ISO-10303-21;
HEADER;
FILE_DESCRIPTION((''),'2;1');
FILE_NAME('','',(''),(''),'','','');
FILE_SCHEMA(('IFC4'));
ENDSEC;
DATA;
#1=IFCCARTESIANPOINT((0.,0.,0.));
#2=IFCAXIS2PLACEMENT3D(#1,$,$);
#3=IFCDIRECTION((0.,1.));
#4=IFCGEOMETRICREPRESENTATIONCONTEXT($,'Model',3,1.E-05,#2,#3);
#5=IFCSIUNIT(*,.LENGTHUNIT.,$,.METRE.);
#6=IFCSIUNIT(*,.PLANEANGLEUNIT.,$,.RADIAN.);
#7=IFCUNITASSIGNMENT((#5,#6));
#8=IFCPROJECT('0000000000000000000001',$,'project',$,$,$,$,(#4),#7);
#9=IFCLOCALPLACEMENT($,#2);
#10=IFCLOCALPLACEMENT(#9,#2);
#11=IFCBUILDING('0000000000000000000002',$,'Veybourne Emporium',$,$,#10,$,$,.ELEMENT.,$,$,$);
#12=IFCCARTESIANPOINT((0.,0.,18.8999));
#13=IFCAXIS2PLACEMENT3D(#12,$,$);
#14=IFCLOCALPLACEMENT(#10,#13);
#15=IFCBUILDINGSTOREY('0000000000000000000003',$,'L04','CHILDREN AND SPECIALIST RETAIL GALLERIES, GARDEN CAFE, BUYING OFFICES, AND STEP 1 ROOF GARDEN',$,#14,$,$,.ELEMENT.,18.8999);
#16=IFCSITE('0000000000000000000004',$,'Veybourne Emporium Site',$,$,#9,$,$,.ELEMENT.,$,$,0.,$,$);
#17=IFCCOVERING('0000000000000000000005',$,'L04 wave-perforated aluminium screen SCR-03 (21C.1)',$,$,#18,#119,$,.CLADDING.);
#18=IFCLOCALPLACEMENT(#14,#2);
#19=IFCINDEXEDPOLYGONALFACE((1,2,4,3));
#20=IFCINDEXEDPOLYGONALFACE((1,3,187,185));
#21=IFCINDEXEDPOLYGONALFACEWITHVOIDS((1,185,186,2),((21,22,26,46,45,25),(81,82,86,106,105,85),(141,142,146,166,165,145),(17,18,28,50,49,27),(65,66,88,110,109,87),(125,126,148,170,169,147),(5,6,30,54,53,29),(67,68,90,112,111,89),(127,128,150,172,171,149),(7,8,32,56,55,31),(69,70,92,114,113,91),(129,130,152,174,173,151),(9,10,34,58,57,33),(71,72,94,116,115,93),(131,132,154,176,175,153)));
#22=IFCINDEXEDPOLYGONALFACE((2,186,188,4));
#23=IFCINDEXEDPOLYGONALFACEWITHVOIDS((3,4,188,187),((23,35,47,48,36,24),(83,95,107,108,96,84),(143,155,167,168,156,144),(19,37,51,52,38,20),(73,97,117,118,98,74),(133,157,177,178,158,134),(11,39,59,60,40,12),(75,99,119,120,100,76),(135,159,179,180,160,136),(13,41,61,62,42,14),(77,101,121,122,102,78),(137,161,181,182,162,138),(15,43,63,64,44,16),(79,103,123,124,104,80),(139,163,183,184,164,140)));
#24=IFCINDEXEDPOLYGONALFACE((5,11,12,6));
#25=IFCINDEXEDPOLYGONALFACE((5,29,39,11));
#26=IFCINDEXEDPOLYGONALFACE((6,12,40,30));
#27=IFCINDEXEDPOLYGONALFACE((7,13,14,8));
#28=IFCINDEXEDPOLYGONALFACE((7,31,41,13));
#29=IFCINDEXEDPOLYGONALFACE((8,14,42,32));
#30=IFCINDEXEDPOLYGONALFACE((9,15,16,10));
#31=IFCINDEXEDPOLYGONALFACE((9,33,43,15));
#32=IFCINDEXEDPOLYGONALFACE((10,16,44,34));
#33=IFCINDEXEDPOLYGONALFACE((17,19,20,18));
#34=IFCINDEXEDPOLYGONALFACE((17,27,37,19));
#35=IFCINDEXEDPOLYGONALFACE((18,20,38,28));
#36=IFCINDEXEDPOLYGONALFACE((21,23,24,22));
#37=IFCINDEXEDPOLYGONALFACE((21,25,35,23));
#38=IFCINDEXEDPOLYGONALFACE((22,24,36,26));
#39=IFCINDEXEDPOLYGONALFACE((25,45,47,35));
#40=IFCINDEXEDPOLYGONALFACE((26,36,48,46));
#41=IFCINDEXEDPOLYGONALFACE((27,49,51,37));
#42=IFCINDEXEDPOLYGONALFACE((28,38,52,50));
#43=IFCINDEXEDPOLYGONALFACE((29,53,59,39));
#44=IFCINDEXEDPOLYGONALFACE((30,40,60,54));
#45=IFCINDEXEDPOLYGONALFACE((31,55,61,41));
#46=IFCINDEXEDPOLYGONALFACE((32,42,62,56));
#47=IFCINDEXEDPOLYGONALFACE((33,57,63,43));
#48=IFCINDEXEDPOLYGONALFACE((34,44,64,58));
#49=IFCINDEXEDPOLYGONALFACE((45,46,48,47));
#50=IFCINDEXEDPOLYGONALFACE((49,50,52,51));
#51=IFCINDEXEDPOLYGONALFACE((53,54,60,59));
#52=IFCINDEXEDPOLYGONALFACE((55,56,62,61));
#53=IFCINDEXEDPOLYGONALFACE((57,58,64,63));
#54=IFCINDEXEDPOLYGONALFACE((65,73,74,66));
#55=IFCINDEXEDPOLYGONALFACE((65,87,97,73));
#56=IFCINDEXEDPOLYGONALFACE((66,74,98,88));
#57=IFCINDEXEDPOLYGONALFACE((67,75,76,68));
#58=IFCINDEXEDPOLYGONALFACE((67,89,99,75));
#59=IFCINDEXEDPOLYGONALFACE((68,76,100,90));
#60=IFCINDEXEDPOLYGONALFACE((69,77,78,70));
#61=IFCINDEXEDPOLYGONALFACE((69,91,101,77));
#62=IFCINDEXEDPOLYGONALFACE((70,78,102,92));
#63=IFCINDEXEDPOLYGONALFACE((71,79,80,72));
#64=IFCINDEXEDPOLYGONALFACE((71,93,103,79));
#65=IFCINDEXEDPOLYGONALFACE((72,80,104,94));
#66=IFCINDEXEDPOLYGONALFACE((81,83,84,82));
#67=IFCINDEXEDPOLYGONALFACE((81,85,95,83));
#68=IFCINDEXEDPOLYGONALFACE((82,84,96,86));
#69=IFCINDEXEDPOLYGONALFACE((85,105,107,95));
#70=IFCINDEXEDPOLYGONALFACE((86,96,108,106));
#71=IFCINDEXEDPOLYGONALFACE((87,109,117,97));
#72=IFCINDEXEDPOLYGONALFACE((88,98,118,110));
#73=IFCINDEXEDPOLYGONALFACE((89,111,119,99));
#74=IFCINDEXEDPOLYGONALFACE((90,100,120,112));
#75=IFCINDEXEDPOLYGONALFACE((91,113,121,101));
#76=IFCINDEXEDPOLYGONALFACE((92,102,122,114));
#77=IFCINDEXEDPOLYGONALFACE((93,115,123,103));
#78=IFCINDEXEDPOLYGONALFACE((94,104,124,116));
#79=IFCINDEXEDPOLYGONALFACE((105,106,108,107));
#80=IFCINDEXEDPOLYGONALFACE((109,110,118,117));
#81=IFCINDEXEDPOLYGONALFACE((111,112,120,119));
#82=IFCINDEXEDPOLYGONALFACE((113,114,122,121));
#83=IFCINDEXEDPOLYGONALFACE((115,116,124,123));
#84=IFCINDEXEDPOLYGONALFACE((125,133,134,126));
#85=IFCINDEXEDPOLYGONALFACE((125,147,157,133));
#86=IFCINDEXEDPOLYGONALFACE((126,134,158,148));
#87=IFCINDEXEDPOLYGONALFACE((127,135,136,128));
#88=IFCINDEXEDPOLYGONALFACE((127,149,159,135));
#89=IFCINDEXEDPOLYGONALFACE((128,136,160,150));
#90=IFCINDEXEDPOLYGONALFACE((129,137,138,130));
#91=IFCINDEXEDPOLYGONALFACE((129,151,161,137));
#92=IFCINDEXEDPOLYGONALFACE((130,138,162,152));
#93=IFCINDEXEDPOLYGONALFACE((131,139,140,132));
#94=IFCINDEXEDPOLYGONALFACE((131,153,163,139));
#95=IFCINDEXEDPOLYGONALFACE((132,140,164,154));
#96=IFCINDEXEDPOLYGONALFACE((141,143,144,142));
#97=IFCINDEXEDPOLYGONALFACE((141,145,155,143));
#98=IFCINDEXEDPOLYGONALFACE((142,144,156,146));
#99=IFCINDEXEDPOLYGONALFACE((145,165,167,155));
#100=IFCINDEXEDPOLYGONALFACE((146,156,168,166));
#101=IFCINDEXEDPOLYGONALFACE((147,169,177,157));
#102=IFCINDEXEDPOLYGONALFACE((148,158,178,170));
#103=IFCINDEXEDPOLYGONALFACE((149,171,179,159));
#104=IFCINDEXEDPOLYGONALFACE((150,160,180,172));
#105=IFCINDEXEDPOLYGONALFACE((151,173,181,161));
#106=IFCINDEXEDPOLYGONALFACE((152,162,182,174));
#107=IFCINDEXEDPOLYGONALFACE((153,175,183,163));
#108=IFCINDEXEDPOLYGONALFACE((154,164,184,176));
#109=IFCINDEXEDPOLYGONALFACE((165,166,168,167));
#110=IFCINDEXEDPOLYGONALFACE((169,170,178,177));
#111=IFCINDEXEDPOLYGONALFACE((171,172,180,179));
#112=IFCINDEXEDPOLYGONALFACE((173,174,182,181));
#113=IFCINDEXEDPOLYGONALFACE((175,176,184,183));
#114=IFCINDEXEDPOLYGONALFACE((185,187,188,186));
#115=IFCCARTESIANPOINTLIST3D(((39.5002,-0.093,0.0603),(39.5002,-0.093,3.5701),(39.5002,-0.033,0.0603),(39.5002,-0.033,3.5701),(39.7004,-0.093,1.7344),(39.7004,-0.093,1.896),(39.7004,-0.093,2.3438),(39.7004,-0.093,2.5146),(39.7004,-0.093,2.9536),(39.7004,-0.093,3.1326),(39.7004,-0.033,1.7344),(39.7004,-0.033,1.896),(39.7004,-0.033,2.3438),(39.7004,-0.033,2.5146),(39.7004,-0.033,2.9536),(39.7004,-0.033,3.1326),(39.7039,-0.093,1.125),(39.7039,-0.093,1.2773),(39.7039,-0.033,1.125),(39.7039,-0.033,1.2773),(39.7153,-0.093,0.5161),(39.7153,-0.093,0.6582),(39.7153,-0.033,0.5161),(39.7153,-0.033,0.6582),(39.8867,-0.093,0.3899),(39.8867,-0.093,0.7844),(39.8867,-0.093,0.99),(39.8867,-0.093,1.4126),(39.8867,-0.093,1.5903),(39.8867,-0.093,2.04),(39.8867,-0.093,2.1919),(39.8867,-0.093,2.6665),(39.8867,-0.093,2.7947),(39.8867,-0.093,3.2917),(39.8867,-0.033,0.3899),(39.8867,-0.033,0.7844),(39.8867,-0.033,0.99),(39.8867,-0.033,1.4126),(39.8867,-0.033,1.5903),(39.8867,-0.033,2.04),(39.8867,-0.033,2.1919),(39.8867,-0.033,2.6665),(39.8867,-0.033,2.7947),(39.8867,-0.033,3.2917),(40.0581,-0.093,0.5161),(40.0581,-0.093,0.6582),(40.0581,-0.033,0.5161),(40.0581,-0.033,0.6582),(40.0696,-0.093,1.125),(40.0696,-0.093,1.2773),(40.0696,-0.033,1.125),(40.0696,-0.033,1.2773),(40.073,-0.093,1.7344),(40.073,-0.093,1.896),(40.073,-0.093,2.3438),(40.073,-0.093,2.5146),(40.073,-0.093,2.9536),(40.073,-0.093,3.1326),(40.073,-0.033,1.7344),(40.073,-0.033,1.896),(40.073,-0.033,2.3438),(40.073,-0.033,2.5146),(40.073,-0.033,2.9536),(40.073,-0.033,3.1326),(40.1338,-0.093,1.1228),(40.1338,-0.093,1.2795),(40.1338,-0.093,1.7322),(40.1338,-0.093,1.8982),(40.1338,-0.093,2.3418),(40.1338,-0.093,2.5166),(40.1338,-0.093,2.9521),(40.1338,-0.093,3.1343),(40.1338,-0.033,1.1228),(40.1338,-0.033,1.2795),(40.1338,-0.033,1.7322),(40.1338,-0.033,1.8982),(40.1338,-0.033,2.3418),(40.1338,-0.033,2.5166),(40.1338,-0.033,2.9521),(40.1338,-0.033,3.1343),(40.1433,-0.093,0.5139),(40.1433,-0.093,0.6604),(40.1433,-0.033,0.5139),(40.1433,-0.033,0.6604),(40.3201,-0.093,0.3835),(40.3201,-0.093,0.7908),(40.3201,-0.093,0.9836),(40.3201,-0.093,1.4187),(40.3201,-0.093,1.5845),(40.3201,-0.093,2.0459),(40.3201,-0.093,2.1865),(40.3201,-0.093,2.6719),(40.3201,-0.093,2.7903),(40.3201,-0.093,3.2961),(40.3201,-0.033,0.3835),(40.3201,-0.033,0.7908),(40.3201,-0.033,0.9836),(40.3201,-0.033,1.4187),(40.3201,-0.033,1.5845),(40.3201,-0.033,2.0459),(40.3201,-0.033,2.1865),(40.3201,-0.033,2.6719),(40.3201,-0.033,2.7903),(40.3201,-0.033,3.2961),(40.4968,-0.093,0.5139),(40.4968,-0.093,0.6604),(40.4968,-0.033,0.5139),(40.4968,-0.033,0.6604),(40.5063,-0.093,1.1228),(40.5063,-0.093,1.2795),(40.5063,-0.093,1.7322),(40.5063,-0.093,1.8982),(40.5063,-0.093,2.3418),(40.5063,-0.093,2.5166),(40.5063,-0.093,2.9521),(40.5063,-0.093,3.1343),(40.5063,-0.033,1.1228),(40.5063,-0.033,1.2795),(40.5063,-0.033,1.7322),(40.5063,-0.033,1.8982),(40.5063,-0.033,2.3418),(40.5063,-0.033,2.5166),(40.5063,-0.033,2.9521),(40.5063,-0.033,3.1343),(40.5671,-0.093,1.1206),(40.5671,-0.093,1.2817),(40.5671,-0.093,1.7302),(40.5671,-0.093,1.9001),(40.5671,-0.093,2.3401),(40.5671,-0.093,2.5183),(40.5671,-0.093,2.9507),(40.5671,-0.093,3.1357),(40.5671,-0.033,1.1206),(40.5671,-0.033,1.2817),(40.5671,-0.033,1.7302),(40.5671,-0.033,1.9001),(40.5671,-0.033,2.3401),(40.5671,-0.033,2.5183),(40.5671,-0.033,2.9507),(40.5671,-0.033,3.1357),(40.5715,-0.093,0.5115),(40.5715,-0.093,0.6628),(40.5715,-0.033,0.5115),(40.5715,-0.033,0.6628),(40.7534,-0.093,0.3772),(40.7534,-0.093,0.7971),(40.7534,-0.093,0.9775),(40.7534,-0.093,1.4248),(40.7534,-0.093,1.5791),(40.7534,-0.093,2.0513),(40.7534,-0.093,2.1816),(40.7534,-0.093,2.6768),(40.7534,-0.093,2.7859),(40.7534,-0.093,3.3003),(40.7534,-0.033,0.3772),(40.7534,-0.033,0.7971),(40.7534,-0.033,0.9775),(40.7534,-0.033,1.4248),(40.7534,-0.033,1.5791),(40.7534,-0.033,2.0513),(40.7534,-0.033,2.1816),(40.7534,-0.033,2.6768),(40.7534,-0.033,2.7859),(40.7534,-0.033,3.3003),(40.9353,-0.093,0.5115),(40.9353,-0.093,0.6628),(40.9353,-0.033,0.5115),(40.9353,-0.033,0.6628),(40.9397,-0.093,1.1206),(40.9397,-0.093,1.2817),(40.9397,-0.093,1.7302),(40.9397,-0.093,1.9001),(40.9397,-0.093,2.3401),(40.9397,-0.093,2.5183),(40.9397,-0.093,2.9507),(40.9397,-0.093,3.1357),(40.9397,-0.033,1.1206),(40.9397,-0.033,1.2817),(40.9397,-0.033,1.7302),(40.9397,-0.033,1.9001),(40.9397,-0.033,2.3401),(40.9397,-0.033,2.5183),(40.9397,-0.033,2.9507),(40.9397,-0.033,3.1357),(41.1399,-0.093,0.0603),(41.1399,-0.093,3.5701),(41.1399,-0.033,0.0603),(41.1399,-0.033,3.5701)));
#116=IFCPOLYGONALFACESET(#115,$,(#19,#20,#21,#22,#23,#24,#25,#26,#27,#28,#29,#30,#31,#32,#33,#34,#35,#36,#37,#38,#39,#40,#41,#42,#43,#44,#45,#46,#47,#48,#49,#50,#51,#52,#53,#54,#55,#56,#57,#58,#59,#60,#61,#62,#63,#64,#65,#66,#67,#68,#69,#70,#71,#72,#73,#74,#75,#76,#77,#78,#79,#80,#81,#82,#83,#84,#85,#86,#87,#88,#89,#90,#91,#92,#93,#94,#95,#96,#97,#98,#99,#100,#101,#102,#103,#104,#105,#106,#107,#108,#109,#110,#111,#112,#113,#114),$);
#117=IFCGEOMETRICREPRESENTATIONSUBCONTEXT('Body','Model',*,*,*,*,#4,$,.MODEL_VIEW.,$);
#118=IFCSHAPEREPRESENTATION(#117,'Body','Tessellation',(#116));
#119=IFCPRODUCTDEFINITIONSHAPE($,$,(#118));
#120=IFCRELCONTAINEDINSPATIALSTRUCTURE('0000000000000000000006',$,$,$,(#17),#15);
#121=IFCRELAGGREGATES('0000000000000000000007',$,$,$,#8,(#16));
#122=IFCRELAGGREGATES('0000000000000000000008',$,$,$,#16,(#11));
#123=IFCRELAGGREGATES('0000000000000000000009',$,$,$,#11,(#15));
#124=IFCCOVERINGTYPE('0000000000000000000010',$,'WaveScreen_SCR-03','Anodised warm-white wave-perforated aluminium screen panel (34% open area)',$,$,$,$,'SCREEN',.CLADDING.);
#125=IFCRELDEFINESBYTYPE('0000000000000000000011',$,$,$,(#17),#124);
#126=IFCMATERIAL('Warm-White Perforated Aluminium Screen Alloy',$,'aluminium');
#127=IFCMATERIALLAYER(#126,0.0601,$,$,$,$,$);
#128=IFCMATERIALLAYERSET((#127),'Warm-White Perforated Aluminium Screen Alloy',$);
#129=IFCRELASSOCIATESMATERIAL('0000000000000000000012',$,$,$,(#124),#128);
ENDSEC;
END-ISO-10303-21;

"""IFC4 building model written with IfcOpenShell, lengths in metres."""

from ifc_helpers import new_model, si_unit, direction, frame, origin, place, context, subcontext, project, spatial, polyline, outline, extrude, material, layer, layer_set, type_object, element, save


model = new_model("IFC4")

# Units and contexts
model_context = context("Model", 3, precision=1e-05, world=origin(), true_north=direction((0.0, 1.0)))
body_context = subcontext(model_context, "Body", "Model", "MODEL_VIEW")
ifc_project = project(units=[si_unit("LENGTHUNIT", "METRE"), si_unit("PLANEANGLEUNIT", "RADIAN")], contexts=[model_context])

# Site, building, storey
site_placement = place(None, origin())
site = spatial("IfcSite", under=ifc_project, at=site_placement, Name="Veybourne Emporium Site", CompositionType="ELEMENT", RefElevation=0.0)
building_placement = place(site_placement, origin())
building = spatial("IfcBuilding", under=site, at=building_placement, Name="Veybourne Emporium", CompositionType="ELEMENT")
storey_placement = place(building_placement, frame((0.0, 0.0, 18.8999)))
storey = spatial("IfcBuildingStorey", under=building, at=storey_placement, Name="L04", Description="CHILDREN AND SPECIALIST RETAIL GALLERIES, GARDEN CAFE, BUYING OFFICES, AND STEP 1 ROOF GARDEN", CompositionType="ELEMENT", Elevation=18.8999)

# Covering
ifc_material_1 = material(Name="Warm-White Perforated Aluminium Screen Alloy", Category="aluminium")
ifc_layer_1 = layer(ifc_material_1, 0.0601)
ifc_layer_set_1 = layer_set([ifc_layer_1], Name="Warm-White Perforated Aluminium Screen Alloy")
covering_type_1 = type_object("IfcCoveringType", Name="WaveScreen_SCR-03", Description="Anodised warm-white wave-perforated aluminium screen panel (34% open area)", ElementType="SCREEN", PredefinedType="CLADDING", material=ifc_layer_set_1)
covering_1_placement = place(storey_placement, frame((40.3201, -0.093, 1.8152), z_axis=(0.0, 1.0, 0.0), x_axis=(-1.0, 0.0, 0.0)))
element("IfcCovering", 1, at=covering_1_placement, inside=storey, type_object=covering_type_1, Name="L04 wave-perforated aluminium screen SCR-03 (21C.1)", PredefinedType="CLADDING", context=body_context, shape_type="SweptSolid", body=[
    extrude(outline(polyline([(-0.8198, -1.7549), (0.8198, -1.7549), (0.8198, 1.7549), (-0.8198, 1.7549), (-0.8198, -1.7549)]), holes=[polyline([(-0.4333, -1.0181), (-0.2515, -1.1523), (-0.2515, -1.3037), (-0.4333, -1.438), (-0.6152, -1.3037), (-0.6152, -1.1523), (-0.4333, -1.0181)]), polyline([(-0.4333, -0.3904), (-0.2471, -0.5334), (-0.2471, -0.6946), (-0.4333, -0.8376), (-0.6196, -0.6946), (-0.6196, -0.5334), (-0.4333, -0.3904)]), polyline([(-0.4333, 0.2361), (-0.2471, 0.085), (-0.2471, -0.085), (-0.4333, -0.2361), (-0.6196, -0.085), (-0.6196, 0.085), (-0.4333, 0.2361)]), polyline([(-0.4333, 0.8616), (-0.2471, 0.7031), (-0.2471, 0.5249), (-0.4333, 0.3665), (-0.6196, 0.5249), (-0.6196, 0.7031), (-0.4333, 0.8616)]), polyline([(-0.4333, 1.4851), (-0.2471, 1.3206), (-0.2471, 1.1355), (-0.4333, 0.9707), (-0.6196, 1.1355), (-0.6196, 1.3206), (-0.4333, 1.4851)]), polyline([(0.0, -1.0244), (0.1768, -1.1548), (0.1768, -1.3013), (0.0, -1.4316), (-0.1768, -1.3013), (-0.1768, -1.1548), (0.0, -1.0244)]), polyline([(0.0, -0.3965), (0.1863, -0.5356), (0.1863, -0.6924), (0.0, -0.8315), (-0.1863, -0.6924), (-0.1863, -0.5356), (0.0, -0.3965)]), polyline([(0.0, 0.2307), (0.1863, 0.083), (0.1863, -0.083), (0.0, -0.2307), (-0.1863, -0.083), (-0.1863, 0.083), (0.0, 0.2307)]), polyline([(0.0, 0.8567), (0.1863, 0.7014), (0.1863, 0.5266), (0.0, 0.3713), (-0.1863, 0.5266), (-0.1863, 0.7014), (0.0, 0.8567)]), polyline([(0.0, 1.481), (0.1863, 1.3191), (0.1863, 1.137), (0.0, 0.9751), (-0.1863, 1.137), (-0.1863, 1.3191), (0.0, 1.481)]), polyline([(0.4333, -1.0308), (0.6047, -1.157), (0.6047, -1.2991), (0.4333, -1.4253), (0.262, -1.2991), (0.262, -1.157), (0.4333, -1.0308)]), polyline([(0.4333, -0.4026), (0.6162, -0.5378), (0.6162, -0.6902), (0.4333, -0.8252), (0.2505, -0.6902), (0.2505, -0.5378), (0.4333, -0.4026)]), polyline([(0.4333, 0.2249), (0.6196, 0.0808), (0.6196, -0.0808), (0.4333, -0.2249), (0.2471, -0.0808), (0.2471, 0.0808), (0.4333, 0.2249)]), polyline([(0.4333, 0.8513), (0.6196, 0.6995), (0.6196, 0.5286), (0.4333, 0.3767), (0.2471, 0.5286), (0.2471, 0.6995), (0.4333, 0.8513)]), polyline([(0.4333, 1.4766), (0.6196, 1.3174), (0.6196, 1.1384), (0.4333, 0.9795), (0.2471, 1.1384), (0.2471, 1.3174), (0.4333, 1.4766)])]), origin(), (0.0, 0.0, 1.0), 0.0601),
])

save(model, "model.ifc")
